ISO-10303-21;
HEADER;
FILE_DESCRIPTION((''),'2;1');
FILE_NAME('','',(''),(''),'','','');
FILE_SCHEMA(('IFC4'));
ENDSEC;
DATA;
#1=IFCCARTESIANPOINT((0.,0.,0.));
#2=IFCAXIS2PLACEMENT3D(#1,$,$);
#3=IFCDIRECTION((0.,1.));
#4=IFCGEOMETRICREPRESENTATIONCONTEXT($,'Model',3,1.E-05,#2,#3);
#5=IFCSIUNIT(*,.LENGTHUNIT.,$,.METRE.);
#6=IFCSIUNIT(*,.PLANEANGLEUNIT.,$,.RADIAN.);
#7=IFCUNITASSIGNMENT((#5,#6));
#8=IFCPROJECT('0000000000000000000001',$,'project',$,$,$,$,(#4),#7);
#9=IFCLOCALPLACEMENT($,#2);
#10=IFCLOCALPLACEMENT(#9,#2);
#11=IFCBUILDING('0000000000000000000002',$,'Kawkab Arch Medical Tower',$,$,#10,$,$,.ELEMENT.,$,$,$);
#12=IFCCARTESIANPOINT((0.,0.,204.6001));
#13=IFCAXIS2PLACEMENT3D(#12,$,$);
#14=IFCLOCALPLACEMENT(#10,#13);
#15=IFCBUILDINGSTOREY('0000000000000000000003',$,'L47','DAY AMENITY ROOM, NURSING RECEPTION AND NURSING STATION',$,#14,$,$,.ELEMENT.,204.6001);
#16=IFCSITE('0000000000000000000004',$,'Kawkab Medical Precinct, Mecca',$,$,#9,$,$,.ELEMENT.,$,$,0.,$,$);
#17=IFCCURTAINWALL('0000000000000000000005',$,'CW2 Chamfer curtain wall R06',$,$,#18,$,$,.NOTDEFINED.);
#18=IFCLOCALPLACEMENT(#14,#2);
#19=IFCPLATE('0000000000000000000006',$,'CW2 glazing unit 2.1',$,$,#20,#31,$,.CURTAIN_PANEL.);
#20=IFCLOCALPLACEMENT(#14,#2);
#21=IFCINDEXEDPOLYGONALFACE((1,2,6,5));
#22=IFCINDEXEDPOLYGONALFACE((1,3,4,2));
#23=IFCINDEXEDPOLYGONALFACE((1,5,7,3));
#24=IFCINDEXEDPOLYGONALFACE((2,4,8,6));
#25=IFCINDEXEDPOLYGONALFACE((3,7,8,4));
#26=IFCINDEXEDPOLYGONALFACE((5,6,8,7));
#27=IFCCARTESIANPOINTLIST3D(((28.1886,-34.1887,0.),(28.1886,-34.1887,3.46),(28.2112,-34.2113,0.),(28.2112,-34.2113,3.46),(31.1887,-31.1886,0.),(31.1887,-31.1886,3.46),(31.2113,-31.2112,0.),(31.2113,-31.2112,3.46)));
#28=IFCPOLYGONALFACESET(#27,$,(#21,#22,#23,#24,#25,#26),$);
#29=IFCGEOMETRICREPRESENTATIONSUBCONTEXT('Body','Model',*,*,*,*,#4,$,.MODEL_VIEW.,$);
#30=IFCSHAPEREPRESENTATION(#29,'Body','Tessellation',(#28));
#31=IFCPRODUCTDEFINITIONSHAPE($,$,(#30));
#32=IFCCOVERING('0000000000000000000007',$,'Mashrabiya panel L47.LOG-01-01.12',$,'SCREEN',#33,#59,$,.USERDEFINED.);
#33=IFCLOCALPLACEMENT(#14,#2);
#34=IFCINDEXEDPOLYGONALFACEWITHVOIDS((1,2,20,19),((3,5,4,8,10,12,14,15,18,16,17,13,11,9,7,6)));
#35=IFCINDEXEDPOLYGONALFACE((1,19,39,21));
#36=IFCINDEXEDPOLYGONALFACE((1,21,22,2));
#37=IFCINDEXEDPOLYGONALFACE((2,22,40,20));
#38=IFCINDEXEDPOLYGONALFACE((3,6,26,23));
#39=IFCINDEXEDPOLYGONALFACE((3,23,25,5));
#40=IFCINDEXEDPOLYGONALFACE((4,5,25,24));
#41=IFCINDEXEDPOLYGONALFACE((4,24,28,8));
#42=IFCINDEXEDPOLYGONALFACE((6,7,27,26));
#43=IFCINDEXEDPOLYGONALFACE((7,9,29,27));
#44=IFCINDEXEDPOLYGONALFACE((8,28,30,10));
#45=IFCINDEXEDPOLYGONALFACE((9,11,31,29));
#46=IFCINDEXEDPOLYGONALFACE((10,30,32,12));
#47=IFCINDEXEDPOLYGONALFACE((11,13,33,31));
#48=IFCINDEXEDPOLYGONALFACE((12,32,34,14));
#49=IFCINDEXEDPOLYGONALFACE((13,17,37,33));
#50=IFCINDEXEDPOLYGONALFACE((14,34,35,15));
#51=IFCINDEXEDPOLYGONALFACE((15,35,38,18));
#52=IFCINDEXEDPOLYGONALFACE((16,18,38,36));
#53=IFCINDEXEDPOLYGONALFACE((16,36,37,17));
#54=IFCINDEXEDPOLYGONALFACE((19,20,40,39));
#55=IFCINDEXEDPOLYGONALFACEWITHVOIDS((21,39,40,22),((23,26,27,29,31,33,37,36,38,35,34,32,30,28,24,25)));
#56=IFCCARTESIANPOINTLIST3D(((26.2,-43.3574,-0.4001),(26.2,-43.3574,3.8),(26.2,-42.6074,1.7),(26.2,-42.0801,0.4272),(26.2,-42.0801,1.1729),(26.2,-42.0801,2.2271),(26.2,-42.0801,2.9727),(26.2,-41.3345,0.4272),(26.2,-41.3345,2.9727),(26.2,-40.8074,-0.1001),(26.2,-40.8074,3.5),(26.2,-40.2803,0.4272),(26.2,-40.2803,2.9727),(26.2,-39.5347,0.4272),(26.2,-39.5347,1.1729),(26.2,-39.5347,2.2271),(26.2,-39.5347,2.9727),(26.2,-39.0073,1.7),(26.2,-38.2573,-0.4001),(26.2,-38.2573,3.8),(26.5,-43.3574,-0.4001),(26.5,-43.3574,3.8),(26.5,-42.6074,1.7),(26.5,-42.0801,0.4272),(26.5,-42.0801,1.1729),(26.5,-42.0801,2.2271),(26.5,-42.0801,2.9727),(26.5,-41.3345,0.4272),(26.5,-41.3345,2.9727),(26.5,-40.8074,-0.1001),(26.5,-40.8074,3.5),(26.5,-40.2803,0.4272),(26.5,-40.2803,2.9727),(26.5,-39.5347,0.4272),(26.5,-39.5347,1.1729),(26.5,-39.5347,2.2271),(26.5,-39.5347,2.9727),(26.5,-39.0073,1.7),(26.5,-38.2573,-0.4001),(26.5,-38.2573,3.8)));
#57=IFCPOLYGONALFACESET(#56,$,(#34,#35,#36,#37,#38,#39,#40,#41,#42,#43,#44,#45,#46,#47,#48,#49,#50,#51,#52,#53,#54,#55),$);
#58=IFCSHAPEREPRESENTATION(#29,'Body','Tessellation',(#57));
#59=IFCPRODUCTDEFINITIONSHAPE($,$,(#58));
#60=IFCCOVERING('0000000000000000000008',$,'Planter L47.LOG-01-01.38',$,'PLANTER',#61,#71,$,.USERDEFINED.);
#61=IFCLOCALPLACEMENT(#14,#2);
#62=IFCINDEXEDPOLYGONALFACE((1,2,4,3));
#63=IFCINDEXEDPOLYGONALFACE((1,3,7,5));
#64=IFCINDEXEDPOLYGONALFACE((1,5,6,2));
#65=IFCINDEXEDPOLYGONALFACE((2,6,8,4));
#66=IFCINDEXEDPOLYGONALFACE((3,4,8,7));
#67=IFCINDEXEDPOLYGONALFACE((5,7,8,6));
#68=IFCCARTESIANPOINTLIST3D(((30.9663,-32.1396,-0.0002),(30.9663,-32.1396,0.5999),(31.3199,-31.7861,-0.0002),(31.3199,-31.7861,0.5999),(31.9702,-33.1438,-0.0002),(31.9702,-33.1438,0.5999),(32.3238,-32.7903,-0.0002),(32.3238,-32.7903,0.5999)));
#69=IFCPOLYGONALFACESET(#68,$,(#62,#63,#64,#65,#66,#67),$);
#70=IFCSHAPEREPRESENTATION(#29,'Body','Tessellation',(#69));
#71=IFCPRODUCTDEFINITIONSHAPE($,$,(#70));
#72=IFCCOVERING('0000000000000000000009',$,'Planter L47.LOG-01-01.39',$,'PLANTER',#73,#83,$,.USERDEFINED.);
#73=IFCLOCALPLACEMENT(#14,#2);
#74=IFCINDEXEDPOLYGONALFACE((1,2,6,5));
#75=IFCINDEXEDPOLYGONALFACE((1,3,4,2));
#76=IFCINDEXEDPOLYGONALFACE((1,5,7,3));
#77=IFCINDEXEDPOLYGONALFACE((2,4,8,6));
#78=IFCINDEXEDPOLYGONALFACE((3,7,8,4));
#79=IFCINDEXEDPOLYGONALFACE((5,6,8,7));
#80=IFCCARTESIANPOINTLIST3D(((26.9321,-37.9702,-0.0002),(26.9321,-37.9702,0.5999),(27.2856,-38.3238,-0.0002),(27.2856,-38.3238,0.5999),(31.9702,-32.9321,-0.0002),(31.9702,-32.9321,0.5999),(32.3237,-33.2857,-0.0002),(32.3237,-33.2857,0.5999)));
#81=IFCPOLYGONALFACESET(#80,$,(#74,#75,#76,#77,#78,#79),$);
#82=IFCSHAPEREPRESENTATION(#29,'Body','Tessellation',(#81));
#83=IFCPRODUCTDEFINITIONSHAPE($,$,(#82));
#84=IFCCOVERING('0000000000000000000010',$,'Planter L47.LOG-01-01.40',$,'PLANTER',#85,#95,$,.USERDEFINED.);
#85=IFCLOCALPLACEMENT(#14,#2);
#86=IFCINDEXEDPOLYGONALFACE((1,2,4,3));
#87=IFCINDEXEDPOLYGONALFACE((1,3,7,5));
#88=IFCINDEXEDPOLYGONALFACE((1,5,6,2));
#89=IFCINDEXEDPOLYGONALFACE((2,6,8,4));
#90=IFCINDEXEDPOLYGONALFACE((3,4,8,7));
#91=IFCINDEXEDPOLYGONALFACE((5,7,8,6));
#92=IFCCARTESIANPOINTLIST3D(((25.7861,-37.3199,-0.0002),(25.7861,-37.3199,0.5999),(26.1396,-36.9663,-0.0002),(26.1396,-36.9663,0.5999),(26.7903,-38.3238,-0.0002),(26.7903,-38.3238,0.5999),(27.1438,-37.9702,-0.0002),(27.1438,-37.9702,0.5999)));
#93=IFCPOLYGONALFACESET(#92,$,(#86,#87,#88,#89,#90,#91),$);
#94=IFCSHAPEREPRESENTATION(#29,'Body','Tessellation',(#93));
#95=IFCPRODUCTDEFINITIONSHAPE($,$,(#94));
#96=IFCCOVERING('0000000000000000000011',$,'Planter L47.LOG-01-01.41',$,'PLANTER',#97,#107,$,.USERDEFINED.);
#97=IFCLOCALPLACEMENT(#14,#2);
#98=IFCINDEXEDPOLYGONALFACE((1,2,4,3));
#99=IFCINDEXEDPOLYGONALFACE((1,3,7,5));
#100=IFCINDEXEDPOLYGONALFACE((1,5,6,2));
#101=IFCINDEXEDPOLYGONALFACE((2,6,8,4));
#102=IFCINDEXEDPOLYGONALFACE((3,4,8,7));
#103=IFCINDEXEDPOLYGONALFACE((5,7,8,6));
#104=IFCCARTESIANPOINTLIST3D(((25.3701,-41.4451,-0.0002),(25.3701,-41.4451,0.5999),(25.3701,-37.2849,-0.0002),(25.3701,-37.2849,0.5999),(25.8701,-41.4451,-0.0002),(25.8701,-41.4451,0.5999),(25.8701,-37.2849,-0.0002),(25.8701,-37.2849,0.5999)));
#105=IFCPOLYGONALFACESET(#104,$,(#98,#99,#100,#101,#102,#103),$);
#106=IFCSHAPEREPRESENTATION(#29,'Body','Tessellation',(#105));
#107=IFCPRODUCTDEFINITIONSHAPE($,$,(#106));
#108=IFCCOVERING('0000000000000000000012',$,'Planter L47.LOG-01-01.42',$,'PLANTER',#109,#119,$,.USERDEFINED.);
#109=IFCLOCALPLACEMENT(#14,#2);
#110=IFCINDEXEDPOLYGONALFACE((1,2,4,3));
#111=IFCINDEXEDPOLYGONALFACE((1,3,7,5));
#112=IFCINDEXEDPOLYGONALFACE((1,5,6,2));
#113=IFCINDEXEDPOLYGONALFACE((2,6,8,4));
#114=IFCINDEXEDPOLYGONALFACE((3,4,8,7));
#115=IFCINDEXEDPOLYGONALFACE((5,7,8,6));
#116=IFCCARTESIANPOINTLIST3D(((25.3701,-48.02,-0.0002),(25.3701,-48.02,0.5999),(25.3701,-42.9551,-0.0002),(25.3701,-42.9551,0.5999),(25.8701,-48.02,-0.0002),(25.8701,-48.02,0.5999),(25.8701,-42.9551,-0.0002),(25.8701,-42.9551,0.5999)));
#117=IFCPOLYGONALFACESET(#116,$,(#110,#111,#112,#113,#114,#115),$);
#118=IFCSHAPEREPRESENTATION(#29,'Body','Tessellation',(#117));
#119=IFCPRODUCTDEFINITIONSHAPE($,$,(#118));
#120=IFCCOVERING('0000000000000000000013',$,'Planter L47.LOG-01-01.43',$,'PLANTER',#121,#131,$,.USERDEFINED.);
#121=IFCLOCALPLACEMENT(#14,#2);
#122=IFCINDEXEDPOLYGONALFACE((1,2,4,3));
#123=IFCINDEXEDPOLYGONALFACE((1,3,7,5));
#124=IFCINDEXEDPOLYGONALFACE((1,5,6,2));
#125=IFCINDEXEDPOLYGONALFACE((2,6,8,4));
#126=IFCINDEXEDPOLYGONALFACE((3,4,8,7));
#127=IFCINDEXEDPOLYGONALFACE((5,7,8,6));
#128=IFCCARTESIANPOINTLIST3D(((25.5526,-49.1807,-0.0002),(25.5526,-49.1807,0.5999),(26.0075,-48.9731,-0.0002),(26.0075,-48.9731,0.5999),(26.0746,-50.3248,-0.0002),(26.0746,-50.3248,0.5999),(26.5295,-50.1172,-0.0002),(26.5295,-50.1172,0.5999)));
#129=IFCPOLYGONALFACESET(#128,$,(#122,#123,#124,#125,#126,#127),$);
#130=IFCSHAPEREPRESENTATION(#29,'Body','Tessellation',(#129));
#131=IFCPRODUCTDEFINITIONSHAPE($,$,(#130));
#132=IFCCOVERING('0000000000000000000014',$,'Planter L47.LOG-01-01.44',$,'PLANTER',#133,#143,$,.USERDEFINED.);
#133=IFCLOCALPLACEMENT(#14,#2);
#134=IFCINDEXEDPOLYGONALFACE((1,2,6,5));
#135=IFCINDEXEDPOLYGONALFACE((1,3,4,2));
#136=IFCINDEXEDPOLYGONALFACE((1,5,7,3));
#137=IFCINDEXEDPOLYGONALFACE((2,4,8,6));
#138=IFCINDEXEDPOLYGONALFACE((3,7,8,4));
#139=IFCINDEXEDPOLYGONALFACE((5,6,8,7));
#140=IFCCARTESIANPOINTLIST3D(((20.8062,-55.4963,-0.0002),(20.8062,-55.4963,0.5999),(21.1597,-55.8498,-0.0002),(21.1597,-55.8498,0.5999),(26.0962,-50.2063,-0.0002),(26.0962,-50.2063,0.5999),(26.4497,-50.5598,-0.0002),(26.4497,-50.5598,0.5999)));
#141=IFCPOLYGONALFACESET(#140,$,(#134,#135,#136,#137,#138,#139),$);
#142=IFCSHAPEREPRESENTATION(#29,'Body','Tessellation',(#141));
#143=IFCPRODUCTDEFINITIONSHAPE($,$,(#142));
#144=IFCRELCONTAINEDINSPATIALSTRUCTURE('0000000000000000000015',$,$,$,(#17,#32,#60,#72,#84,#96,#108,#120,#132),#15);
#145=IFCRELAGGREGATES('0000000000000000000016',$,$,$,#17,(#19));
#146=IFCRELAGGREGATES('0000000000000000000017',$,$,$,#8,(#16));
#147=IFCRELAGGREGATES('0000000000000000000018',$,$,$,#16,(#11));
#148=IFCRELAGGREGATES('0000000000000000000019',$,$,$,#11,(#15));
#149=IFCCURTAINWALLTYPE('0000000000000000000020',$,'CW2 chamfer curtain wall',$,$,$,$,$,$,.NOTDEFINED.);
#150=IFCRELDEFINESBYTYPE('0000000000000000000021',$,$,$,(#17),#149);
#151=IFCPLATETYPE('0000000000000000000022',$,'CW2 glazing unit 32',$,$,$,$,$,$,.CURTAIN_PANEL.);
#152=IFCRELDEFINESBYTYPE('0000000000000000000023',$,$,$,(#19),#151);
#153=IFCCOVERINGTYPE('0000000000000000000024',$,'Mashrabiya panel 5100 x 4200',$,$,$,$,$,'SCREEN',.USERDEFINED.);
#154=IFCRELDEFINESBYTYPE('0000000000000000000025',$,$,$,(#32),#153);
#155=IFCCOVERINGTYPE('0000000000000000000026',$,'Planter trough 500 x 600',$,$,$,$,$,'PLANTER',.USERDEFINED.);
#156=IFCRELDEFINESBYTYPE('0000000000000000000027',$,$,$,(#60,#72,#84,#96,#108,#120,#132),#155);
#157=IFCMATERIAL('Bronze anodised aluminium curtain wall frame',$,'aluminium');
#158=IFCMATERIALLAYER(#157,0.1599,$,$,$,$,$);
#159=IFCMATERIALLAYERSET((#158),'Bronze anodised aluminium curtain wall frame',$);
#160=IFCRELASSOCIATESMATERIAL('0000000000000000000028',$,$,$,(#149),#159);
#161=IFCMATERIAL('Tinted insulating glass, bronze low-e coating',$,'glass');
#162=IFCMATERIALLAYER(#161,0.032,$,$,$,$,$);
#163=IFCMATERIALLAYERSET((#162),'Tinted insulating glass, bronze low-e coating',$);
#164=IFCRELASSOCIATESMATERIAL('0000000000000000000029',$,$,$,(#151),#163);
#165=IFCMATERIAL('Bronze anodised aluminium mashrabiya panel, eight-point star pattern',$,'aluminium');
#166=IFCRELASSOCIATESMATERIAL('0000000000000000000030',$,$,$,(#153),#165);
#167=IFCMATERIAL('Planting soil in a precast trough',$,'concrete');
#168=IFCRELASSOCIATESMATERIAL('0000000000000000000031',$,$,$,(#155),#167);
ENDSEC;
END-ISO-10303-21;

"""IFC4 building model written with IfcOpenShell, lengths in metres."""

from ifc_helpers import new_model, si_unit, direction, frame, origin, origin_2d, place, context, subcontext, project, spatial, polyline, rectangle, outline, extrude, material, layer, layer_set, material_profile, profile_set, type_object, element, aggregate, save


model = new_model("IFC4")

# Units and contexts
model_context = context("Model", 3, precision=1e-05, world=origin(), true_north=direction((0.0, 1.0)))
body_context = subcontext(model_context, "Body", "Model", "MODEL_VIEW")
ifc_project = project(units=[si_unit("LENGTHUNIT", "METRE"), si_unit("PLANEANGLEUNIT", "RADIAN")], contexts=[model_context])

# Site, building, storey
site_placement = place(None, origin())
site = spatial("IfcSite", under=ifc_project, at=site_placement, Name="Kawkab Medical Precinct, Mecca", CompositionType="ELEMENT", RefElevation=0.0)
building_placement = place(site_placement, origin())
building = spatial("IfcBuilding", under=site, at=building_placement, Name="Kawkab Arch Medical Tower", CompositionType="ELEMENT")
storey_placement = place(building_placement, frame((0.0, 0.0, 204.6001)))
storey = spatial("IfcBuildingStorey", under=building, at=storey_placement, Name="L47", Description="DAY AMENITY ROOM, NURSING RECEPTION AND NURSING STATION", CompositionType="ELEMENT", Elevation=204.6001)

# Shared definitions
placement = place(storey_placement, origin())

# Shared definitions
ifc_material_1 = material(Name="Bronze anodised aluminium curtain wall frame", Category="aluminium")
ifc_layer_1 = layer(ifc_material_1, 0.1599)
ifc_layer_set_1 = layer_set([ifc_layer_1], Name="Bronze anodised aluminium curtain wall frame")
curtain_wall_type_1 = type_object("IfcCurtainWallType", Name="CW2 chamfer curtain wall", PredefinedType="NOTDEFINED", material=ifc_layer_set_1)

# Curtain wall
curtain_wall_1 = element("IfcCurtainWall", 1, at=placement, inside=storey, type_object=curtain_wall_type_1, Name="CW2 Chamfer curtain wall R06", PredefinedType="NOTDEFINED")

# Plate
ifc_material_2 = material(Name="Tinted insulating glass, bronze low-e coating", Category="glass")
ifc_layer_2 = layer(ifc_material_2, 0.032)
ifc_layer_set_2 = layer_set([ifc_layer_2], Name="Tinted insulating glass, bronze low-e coating")
plate_type_1 = type_object("IfcPlateType", Name="CW2 glazing unit 32", PredefinedType="CURTAIN_PANEL", material=ifc_layer_set_2)
plate_1_placement = place(storey_placement, frame((29.7, -32.7, 0.0), z_axis=(0.0, 0.0, 1.0), x_axis=(0.707107, 0.707107, 0.0)))
plate_1 = element("IfcPlate", 2, at=plate_1_placement, type_object=plate_type_1, Name="CW2 glazing unit 2.1", PredefinedType="CURTAIN_PANEL", context=body_context, shape_type="SweptSolid", body=[
    extrude(rectangle(XDim=4.2427, YDim=0.032, at=origin_2d()), origin(), (0.0, 0.0, 1.0), 3.46),
])
aggregate(curtain_wall_1, [plate_1])

# Coverings
ifc_material_3 = material(Name="Bronze anodised aluminium mashrabiya panel, eight-point star pattern", Category="aluminium")
ifc_material_profile_1 = material_profile(ifc_material_3, outline(polyline([(-2.55, -2.1001), (2.55, -2.1001), (2.55, 2.1001), (-2.55, 2.1001), (-2.55, -2.1001)]), holes=[polyline([(1.8, 0.0), (1.2727, 0.5271), (1.2727, 1.2727), (0.5271, 1.2727), (0.0, 1.8), (-0.5271, 1.2727), (-1.2727, 1.2727), (-1.2727, 0.5271), (-1.8, 0.0), (-1.2727, -0.5271), (-1.2727, -1.2727), (-0.5271, -1.2727), (0.0, -1.8), (0.5271, -1.2727), (1.2727, -1.2727), (1.2727, -0.5271), (1.8, 0.0)])]), Name="Mashrabiya panel 5100x4200")
ifc_profile_set_1 = profile_set([ifc_material_profile_1], Name="Bronze anodised aluminium mashrabiya panel, eight-point star pattern")
covering_type_1 = type_object("IfcCoveringType", Name="Mashrabiya panel 5100 x 4200", ElementType="SCREEN", PredefinedType="USERDEFINED", material=ifc_profile_set_1)
covering_1_placement = place(storey_placement, frame((26.2, -40.8074, 1.7), z_axis=(1.0, 0.0, 0.0), x_axis=(0.0, 1.0, 0.0)))
element("IfcCovering", 3, at=covering_1_placement, inside=storey, type_object=covering_type_1, Name="Mashrabiya panel L47.LOG-01-01.12", ObjectType="SCREEN", PredefinedType="USERDEFINED", context=body_context, shape_type="SweptSolid", body=[
    extrude(outline(polyline([(-2.55, -2.1001), (2.55, -2.1001), (2.55, 2.1001), (-2.55, 2.1001), (-2.55, -2.1001)]), holes=[polyline([(1.8, 0.0), (1.2727, 0.5271), (1.2727, 1.2727), (0.5271, 1.2727), (0.0, 1.8), (-0.5271, 1.2727), (-1.2727, 1.2727), (-1.2727, 0.5271), (-1.8, 0.0), (-1.2727, -0.5271), (-1.2727, -1.2727), (-0.5271, -1.2727), (0.0, -1.8), (0.5271, -1.2727), (1.2727, -1.2727), (1.2727, -0.5271), (1.8, 0.0)])]), origin(), (0.0, 0.0, 1.0), 0.3),
])
ifc_material_4 = material(Name="Planting soil in a precast trough", Category="concrete")
ifc_material_profile_2 = material_profile(ifc_material_4, rectangle(XDim=0.5, YDim=0.6001, at=origin_2d()), Name="Trough 500x600")
ifc_profile_set_2 = profile_set([ifc_material_profile_2], Name="Planting soil in a precast trough")
covering_type_2 = type_object("IfcCoveringType", Name="Planter trough 500 x 600", ElementType="PLANTER", PredefinedType="USERDEFINED", material=ifc_profile_set_2)
covering_2_placement = place(storey_placement, frame((31.1431, -31.9629, 0.2998), z_axis=(0.707021, -0.707193, 0.0), x_axis=(0.707193, 0.707021, 0.0)))
element("IfcCovering", 4, at=covering_2_placement, inside=storey, type_object=covering_type_2, Name="Planter L47.LOG-01-01.38", ObjectType="PLANTER", PredefinedType="USERDEFINED", context=body_context, shape_type="SweptSolid", body=[
    extrude(rectangle(XDim=0.5, YDim=0.6001, at=origin_2d()), origin(), (0.0, 0.0, 1.0), 1.4199),
])
covering_3_placement = place(storey_placement, frame((32.147, -33.1089, 0.2998), z_axis=(-0.707107, -0.707107, 0.0), x_axis=(0.707107, -0.707107, 0.0)))
element("IfcCovering", 5, at=covering_3_placement, inside=storey, type_object=covering_type_2, Name="Planter L47.LOG-01-01.39", ObjectType="PLANTER", PredefinedType="USERDEFINED", context=body_context, shape_type="SweptSolid", body=[
    extrude(rectangle(XDim=0.5, YDim=0.6001, at=origin_2d()), origin(), (0.0, 0.0, 1.0), 7.125),
])
covering_4_placement = place(storey_placement, frame((26.967, -38.147, 0.2998), z_axis=(-0.707193, 0.707021, 0.0), x_axis=(-0.707021, -0.707193, 0.0)))
element("IfcCovering", 6, at=covering_4_placement, inside=storey, type_object=covering_type_2, Name="Planter L47.LOG-01-01.40", ObjectType="PLANTER", PredefinedType="USERDEFINED", context=body_context, shape_type="SweptSolid", body=[
    extrude(rectangle(XDim=0.5, YDim=0.6001, at=origin_2d()), origin(), (0.0, 0.0, 1.0), 1.4199),
])
covering_5_placement = place(storey_placement, frame((25.6201, -37.2849, 0.2998), z_axis=(0.0, -1.0, 0.0), x_axis=(1.0, 0.0, 0.0)))
element("IfcCovering", 7, at=covering_5_placement, inside=storey, type_object=covering_type_2, Name="Planter L47.LOG-01-01.41", ObjectType="PLANTER", PredefinedType="USERDEFINED", context=body_context, shape_type="SweptSolid", body=[
    extrude(rectangle(XDim=0.5, YDim=0.6001, at=origin_2d()), origin(), (0.0, 0.0, 1.0), 4.1602),
])
covering_6_placement = place(storey_placement, frame((25.6201, -42.9551, 0.2998), z_axis=(0.0, -1.0, 0.0), x_axis=(1.0, 0.0, 0.0)))
element("IfcCovering", 8, at=covering_6_placement, inside=storey, type_object=covering_type_2, Name="Planter L47.LOG-01-01.42", ObjectType="PLANTER", PredefinedType="USERDEFINED", context=body_context, shape_type="SweptSolid", body=[
    extrude(rectangle(XDim=0.5, YDim=0.6001, at=origin_2d()), origin(), (0.0, 0.0, 1.0), 5.0649),
])
covering_7_placement = place(storey_placement, frame((25.78, -49.0769, 0.2998), z_axis=(0.41509, -0.90978, 0.0), x_axis=(0.90978, 0.41509, 0.0)))
element("IfcCovering", 9, at=covering_7_placement, inside=storey, type_object=covering_type_2, Name="Planter L47.LOG-01-01.43", ObjectType="PLANTER", PredefinedType="USERDEFINED", context=body_context, shape_type="SweptSolid", body=[
    extrude(rectangle(XDim=0.5, YDim=0.6001, at=origin_2d()), origin(), (0.0, 0.0, 1.0), 1.2576),
])
covering_8_placement = place(storey_placement, frame((26.2729, -50.3831, 0.2998), z_axis=(-0.707107, -0.707107, 0.0), x_axis=(0.707107, -0.707107, 0.0)))
element("IfcCovering", 10, at=covering_8_placement, inside=storey, type_object=covering_type_2, Name="Planter L47.LOG-01-01.44", ObjectType="PLANTER", PredefinedType="USERDEFINED", context=body_context, shape_type="SweptSolid", body=[
    extrude(rectangle(XDim=0.5, YDim=0.6001, at=origin_2d()), origin(), (0.0, 0.0, 1.0), 7.4812),
])

save(model, "model.ifc")
